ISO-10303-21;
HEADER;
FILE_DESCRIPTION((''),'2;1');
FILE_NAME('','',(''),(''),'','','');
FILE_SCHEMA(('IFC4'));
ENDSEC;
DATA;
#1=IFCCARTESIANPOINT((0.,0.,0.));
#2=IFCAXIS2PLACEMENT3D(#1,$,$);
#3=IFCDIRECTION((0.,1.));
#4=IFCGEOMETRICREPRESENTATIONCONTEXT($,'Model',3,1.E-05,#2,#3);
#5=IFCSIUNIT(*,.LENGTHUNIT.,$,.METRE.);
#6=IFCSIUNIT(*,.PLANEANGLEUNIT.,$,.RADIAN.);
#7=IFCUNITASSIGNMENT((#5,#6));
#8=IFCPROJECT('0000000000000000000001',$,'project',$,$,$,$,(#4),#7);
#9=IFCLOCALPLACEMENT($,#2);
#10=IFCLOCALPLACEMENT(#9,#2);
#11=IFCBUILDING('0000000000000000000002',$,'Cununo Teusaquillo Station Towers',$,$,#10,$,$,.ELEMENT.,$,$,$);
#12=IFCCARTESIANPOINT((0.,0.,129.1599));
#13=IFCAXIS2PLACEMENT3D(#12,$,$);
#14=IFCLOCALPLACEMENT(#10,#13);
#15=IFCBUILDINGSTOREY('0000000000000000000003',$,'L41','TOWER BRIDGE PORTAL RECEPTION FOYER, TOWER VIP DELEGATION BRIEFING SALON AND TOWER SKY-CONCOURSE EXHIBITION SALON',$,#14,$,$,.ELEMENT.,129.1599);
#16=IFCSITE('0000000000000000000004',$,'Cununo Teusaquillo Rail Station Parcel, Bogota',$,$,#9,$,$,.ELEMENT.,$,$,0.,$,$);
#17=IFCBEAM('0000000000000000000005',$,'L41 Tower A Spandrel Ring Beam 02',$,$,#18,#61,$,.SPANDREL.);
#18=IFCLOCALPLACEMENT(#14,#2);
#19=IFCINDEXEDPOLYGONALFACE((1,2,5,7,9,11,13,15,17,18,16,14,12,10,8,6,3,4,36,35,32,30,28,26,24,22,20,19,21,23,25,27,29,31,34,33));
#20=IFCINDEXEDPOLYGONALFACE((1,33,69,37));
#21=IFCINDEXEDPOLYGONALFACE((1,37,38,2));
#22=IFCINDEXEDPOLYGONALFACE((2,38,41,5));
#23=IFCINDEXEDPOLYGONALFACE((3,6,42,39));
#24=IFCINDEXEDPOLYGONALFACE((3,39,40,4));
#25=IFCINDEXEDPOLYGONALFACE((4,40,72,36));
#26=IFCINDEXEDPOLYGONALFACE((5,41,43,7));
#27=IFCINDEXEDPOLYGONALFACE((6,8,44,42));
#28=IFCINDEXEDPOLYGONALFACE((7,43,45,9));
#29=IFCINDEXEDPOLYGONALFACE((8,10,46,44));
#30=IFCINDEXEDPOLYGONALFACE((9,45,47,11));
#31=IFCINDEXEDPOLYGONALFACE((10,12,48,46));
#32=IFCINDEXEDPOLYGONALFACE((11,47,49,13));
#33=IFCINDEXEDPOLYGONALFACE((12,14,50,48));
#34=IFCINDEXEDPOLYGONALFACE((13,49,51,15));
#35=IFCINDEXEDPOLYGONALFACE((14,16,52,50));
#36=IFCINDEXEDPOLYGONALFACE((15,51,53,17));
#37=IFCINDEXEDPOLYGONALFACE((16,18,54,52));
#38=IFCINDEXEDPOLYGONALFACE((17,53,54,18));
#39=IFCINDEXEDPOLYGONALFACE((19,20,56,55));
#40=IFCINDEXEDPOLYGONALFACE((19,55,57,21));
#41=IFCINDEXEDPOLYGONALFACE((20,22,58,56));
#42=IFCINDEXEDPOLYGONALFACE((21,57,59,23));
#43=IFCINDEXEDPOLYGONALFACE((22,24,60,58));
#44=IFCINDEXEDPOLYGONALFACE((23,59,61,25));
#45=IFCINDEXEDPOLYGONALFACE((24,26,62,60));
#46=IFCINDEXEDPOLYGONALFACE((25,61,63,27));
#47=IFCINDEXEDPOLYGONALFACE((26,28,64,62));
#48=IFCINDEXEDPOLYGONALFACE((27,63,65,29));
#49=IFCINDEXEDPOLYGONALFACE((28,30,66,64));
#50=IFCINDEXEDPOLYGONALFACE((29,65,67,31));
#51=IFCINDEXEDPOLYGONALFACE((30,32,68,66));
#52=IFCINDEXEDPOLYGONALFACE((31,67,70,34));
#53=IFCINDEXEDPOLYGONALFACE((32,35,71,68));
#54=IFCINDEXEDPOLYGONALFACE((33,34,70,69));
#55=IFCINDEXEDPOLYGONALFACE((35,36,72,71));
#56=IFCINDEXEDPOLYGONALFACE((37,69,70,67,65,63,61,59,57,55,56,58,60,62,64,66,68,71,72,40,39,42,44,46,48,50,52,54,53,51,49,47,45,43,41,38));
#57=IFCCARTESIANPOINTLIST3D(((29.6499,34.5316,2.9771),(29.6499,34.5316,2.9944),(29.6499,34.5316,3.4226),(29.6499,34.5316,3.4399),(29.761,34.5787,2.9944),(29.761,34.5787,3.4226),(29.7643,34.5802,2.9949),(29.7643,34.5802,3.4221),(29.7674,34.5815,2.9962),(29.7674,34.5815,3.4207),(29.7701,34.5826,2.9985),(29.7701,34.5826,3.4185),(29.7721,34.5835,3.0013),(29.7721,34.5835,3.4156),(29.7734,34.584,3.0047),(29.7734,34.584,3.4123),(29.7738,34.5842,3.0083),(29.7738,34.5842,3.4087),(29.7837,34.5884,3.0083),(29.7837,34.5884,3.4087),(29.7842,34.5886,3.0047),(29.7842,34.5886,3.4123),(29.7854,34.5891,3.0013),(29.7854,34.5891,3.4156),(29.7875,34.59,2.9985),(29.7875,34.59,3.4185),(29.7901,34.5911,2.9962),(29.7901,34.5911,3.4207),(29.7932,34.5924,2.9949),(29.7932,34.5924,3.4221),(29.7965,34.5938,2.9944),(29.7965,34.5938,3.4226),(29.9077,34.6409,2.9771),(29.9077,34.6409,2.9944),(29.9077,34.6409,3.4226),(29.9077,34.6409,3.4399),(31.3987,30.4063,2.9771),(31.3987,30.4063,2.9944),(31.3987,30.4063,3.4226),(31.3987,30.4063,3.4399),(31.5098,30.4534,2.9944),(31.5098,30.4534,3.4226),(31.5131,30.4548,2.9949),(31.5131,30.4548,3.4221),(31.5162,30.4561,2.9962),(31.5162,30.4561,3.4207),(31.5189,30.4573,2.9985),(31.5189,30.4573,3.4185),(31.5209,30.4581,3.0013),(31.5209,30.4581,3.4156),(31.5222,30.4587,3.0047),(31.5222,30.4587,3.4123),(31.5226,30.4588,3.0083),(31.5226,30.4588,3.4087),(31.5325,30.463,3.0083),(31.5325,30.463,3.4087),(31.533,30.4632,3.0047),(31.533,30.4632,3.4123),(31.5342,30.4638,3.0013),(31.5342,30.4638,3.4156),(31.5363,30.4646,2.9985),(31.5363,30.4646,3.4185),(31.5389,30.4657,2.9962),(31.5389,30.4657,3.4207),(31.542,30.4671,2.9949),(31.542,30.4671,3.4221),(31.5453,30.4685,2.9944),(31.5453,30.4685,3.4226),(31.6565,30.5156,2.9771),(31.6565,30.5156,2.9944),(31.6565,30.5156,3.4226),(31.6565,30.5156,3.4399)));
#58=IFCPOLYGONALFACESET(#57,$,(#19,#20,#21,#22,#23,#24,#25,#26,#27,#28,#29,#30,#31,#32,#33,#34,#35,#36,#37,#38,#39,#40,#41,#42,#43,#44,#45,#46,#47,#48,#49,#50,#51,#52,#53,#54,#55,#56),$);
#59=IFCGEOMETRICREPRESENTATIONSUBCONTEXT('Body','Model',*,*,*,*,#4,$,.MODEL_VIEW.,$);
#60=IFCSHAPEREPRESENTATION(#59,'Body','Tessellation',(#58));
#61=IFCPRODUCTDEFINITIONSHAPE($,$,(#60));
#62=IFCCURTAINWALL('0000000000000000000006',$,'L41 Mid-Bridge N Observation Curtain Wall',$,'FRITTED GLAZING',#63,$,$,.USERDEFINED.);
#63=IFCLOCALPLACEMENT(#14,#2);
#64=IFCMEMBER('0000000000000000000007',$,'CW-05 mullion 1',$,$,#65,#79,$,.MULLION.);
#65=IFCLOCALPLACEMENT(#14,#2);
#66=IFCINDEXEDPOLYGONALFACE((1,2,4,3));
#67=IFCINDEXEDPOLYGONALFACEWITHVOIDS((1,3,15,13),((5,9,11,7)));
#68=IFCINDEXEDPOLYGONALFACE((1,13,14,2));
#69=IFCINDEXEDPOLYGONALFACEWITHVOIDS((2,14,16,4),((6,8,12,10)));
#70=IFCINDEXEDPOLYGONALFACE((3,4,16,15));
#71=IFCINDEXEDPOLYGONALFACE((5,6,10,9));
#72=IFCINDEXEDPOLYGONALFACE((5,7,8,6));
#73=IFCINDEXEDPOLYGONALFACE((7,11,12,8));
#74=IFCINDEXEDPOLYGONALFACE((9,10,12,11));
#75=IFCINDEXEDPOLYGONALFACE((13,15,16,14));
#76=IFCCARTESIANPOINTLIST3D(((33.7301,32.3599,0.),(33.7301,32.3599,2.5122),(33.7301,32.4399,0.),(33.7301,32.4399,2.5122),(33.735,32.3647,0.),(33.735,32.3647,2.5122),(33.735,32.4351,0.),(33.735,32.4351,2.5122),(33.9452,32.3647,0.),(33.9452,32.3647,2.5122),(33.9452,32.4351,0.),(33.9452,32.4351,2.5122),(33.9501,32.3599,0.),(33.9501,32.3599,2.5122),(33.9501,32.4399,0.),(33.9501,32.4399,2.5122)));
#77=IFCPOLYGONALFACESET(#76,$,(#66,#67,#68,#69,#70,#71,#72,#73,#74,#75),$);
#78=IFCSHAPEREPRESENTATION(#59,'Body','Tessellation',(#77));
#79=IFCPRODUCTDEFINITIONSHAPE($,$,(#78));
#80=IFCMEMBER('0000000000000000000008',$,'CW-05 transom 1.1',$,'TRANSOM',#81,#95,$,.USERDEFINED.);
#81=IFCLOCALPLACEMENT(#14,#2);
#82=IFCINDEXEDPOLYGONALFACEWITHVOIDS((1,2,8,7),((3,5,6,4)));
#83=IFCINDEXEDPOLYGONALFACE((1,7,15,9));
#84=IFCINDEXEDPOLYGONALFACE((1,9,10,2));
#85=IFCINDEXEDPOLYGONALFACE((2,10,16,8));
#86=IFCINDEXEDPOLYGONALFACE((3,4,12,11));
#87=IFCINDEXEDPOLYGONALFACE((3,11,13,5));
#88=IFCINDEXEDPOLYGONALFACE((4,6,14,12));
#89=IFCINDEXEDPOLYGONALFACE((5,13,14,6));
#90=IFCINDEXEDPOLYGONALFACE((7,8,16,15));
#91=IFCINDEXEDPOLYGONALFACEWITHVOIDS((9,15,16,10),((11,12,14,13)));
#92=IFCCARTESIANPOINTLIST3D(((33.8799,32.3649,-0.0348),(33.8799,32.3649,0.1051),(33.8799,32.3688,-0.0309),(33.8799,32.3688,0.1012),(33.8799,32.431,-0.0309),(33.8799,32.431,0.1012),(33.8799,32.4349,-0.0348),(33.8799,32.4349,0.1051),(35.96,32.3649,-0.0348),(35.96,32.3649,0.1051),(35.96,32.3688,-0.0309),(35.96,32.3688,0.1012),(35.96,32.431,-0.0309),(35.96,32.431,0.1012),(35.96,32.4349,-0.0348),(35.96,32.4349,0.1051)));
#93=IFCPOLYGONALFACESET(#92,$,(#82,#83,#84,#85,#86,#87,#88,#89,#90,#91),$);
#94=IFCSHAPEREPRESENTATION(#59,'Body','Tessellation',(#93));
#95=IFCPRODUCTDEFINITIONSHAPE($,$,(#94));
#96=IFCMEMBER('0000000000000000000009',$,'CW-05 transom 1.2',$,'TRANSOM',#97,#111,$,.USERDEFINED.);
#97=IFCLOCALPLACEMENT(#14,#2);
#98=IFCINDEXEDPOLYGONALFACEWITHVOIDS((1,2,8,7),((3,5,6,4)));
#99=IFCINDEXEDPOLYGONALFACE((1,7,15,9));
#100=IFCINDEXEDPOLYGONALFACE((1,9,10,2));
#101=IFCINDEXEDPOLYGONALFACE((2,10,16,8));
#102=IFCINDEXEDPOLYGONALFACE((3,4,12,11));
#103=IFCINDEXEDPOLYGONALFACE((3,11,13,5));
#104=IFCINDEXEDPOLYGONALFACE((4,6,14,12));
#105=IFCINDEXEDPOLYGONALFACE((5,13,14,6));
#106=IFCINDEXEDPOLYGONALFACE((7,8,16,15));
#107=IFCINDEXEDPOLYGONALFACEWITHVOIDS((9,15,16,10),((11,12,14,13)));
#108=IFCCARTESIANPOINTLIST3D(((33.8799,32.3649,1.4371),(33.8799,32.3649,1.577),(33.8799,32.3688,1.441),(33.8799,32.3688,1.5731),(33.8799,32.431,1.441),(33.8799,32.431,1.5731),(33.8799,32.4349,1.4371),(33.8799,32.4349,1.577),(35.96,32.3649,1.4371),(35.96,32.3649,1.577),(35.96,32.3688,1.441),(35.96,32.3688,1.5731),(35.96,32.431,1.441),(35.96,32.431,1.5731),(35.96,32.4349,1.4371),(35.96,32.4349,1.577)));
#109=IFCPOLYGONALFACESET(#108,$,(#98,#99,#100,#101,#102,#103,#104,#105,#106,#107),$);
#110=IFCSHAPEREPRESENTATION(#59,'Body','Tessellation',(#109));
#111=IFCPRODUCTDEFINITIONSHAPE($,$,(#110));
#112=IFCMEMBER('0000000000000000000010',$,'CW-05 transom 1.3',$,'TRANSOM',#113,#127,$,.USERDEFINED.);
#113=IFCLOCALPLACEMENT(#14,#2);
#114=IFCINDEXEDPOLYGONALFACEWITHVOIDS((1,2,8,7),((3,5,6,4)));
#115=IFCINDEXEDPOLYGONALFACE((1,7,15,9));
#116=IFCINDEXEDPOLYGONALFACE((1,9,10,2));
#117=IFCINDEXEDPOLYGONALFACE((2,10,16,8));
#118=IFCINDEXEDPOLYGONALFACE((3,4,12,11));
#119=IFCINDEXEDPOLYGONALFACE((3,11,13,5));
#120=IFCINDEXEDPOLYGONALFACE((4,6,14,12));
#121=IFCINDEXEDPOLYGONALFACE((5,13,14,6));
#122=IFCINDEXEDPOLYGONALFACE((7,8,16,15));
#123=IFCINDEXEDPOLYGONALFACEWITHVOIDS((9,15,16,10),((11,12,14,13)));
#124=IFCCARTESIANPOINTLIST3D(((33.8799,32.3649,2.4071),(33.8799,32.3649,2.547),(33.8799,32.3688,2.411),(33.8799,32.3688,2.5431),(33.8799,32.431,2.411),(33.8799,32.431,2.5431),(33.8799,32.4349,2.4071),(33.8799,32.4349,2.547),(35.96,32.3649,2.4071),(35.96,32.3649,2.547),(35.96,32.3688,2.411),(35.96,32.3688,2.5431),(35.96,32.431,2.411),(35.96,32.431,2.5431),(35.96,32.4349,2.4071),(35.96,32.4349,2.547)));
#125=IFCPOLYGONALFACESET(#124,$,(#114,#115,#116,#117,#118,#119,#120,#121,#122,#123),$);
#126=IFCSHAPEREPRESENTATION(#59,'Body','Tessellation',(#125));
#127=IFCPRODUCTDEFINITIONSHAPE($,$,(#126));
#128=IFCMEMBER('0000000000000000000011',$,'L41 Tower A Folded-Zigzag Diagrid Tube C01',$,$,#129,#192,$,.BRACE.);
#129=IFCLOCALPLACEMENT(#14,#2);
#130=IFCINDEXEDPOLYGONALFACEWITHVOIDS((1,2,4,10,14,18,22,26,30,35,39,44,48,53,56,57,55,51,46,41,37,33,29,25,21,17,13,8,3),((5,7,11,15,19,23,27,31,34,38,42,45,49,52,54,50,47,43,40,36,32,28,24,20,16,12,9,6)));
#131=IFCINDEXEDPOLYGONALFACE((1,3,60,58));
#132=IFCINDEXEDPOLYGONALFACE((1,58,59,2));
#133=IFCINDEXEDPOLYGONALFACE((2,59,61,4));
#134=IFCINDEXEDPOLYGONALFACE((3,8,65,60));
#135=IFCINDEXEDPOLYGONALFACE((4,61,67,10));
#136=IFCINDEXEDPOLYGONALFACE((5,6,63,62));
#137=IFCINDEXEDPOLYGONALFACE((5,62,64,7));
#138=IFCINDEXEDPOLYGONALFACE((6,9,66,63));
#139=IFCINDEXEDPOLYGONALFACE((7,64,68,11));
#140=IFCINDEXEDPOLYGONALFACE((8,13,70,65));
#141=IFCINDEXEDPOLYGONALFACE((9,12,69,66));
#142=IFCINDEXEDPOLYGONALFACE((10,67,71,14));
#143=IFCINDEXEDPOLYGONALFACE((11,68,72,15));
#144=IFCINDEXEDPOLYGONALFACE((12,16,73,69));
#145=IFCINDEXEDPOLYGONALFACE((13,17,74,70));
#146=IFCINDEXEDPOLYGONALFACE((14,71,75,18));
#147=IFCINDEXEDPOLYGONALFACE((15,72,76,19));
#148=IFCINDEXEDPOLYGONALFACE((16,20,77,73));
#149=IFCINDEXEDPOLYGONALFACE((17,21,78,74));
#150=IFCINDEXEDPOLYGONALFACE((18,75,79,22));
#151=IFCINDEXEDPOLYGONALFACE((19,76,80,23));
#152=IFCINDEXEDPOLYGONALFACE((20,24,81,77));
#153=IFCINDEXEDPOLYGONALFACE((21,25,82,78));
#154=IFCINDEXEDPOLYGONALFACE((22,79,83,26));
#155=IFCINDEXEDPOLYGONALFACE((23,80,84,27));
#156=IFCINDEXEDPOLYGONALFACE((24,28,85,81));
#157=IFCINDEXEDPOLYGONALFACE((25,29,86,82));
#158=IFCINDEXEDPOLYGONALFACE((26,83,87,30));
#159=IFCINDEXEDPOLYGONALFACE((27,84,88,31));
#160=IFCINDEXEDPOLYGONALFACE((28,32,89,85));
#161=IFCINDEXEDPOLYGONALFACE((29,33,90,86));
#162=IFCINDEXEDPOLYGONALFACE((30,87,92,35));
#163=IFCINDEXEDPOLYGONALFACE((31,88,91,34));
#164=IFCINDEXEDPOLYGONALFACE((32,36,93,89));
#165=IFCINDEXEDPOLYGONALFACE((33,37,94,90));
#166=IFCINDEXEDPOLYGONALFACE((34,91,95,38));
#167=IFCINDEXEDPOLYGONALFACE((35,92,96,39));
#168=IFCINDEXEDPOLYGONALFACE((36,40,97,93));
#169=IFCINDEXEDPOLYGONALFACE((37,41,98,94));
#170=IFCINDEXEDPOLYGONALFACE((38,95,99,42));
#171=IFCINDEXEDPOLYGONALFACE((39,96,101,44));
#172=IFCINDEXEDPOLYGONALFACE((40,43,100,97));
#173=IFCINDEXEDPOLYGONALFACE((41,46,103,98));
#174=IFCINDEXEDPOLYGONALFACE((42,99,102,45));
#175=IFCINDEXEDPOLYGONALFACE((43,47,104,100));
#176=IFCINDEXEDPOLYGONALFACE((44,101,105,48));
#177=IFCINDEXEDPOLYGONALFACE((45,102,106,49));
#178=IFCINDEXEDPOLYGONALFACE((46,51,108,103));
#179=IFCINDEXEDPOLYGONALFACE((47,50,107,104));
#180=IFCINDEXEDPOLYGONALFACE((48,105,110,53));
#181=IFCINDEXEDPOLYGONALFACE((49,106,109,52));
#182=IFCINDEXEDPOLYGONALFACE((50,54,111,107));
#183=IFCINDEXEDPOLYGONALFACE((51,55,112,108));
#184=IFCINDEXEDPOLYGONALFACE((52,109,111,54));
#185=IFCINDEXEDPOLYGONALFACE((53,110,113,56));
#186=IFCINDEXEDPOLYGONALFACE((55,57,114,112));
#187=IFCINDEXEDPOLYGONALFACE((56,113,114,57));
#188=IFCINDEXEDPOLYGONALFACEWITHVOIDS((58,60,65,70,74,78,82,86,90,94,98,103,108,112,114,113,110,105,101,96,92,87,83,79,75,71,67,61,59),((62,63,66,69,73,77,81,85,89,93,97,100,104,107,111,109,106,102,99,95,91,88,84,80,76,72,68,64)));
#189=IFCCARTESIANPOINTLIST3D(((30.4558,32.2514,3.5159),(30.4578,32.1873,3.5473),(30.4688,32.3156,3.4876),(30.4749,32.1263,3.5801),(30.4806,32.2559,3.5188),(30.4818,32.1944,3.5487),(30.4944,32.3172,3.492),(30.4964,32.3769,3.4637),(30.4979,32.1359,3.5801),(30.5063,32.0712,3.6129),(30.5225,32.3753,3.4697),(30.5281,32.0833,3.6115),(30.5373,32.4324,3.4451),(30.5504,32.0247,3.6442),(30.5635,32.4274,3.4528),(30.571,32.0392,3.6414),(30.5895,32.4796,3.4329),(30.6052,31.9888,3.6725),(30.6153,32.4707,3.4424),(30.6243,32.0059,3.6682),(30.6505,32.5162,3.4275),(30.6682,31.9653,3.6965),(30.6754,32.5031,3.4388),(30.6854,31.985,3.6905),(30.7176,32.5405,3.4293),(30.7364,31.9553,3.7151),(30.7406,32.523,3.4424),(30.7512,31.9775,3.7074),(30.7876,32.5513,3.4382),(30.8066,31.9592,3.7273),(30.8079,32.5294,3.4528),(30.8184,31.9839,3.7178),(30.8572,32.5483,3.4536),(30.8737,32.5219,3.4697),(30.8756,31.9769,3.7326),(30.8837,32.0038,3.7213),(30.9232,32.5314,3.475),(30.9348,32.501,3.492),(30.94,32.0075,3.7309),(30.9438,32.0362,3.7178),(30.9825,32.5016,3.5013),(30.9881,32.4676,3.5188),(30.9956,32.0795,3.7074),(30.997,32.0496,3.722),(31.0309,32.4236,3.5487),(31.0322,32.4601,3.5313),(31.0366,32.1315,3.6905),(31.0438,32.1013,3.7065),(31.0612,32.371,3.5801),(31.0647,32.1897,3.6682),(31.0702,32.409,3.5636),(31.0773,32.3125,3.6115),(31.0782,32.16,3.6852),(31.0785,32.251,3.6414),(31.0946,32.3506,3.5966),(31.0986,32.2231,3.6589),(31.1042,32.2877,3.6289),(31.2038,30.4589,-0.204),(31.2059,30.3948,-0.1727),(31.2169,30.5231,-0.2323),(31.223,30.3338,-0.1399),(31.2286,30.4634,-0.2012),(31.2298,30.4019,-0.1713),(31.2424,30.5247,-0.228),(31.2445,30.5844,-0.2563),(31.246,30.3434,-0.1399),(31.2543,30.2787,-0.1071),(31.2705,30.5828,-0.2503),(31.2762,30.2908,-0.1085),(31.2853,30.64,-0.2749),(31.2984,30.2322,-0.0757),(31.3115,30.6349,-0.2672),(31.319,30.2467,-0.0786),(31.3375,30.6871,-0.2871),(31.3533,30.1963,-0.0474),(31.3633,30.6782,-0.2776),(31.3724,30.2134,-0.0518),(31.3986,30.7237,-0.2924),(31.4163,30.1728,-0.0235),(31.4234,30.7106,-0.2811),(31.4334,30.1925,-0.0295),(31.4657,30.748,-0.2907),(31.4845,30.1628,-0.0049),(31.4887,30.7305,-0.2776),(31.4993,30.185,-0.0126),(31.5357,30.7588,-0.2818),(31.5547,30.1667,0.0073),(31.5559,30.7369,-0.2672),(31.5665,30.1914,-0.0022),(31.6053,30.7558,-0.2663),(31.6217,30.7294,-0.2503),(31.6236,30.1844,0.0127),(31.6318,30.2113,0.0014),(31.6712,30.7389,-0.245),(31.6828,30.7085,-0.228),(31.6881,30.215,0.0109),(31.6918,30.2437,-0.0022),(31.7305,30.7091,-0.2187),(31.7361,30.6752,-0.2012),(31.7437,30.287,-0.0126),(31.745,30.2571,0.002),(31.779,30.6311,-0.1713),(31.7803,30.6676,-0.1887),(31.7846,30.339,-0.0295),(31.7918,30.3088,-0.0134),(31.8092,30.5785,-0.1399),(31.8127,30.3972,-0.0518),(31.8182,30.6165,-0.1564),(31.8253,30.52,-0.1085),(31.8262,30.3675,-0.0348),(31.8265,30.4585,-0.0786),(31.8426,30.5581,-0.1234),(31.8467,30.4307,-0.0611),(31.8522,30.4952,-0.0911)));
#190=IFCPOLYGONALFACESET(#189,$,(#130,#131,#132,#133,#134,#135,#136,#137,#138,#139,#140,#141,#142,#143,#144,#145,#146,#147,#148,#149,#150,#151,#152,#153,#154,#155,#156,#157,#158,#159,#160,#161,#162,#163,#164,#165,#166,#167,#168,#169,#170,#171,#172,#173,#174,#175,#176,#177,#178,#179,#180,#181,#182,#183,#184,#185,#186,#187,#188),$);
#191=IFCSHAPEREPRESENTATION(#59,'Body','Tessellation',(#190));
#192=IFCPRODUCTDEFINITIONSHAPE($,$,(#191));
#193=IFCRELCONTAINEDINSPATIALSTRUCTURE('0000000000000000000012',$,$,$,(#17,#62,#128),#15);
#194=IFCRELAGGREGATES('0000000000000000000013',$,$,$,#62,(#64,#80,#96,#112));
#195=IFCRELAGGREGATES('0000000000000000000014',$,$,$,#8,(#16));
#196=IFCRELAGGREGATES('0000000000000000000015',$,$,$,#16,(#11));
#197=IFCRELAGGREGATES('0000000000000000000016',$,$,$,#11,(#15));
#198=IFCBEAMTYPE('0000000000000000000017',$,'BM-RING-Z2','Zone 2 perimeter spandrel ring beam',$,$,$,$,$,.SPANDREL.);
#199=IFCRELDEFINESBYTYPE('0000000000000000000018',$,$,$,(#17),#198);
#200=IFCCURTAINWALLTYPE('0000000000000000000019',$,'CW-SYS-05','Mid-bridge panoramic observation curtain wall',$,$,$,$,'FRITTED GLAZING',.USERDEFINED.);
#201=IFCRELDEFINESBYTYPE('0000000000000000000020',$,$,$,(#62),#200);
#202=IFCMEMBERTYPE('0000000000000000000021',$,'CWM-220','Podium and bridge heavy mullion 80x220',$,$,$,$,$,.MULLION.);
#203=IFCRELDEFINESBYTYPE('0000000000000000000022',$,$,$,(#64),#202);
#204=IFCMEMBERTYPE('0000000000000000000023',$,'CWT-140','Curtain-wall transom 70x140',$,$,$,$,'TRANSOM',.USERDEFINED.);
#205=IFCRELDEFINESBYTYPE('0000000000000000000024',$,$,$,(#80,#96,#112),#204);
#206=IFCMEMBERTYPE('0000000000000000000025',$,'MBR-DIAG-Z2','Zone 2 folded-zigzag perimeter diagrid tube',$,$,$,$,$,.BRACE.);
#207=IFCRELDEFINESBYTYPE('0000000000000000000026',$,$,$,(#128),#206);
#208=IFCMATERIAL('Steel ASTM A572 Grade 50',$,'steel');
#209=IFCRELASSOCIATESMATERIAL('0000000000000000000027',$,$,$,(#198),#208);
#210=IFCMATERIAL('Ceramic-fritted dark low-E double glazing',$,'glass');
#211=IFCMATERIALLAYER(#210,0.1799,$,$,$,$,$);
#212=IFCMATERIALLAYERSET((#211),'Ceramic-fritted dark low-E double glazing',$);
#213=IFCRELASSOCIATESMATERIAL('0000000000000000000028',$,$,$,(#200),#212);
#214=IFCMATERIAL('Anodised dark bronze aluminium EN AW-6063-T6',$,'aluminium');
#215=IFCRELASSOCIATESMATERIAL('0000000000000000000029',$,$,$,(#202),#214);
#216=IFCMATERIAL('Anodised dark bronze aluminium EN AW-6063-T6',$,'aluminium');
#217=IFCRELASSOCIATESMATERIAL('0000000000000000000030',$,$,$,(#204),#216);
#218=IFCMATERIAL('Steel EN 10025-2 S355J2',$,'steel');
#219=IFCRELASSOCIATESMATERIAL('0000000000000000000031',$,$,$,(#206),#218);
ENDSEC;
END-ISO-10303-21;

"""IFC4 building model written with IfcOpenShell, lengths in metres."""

from ifc_helpers import new_model, si_unit, direction, frame, origin, origin_2d, place, context, subcontext, project, spatial, hollow_rectangle, hollow_circle, i_section, extrude, material, layer, layer_set, material_profile, profile_set, type_object, element, aggregate, save


model = new_model("IFC4")

# Units and contexts
model_context = context("Model", 3, precision=1e-05, world=origin(), true_north=direction((0.0, 1.0)))
body_context = subcontext(model_context, "Body", "Model", "MODEL_VIEW")
ifc_project = project(units=[si_unit("LENGTHUNIT", "METRE"), si_unit("PLANEANGLEUNIT", "RADIAN")], contexts=[model_context])

# Site, building, storey
site_placement = place(None, origin())
site = spatial("IfcSite", under=ifc_project, at=site_placement, Name="Cununo Teusaquillo Rail Station Parcel, Bogota", CompositionType="ELEMENT", RefElevation=0.0)
building_placement = place(site_placement, origin())
building = spatial("IfcBuilding", under=site, at=building_placement, Name="Cununo Teusaquillo Station Towers", CompositionType="ELEMENT")
storey_placement = place(building_placement, frame((0.0, 0.0, 129.1599)))
storey = spatial("IfcBuildingStorey", under=building, at=storey_placement, Name="L41", Description="TOWER BRIDGE PORTAL RECEPTION FOYER, TOWER VIP DELEGATION BRIEFING SALON AND TOWER SKY-CONCOURSE EXHIBITION SALON", CompositionType="ELEMENT", Elevation=129.1599)

# Beam
ifc_material_1 = material(Name="Steel ASTM A572 Grade 50", Category="steel")
ifc_material_profile_1 = material_profile(ifc_material_1, i_section(OverallWidth=0.28, OverallDepth=0.4629, WebThickness=0.0107, FlangeThickness=0.0173, FilletRadius=0.0139, at=origin_2d()), Name="W18X76")
ifc_profile_set_1 = profile_set([ifc_material_profile_1], Name="Steel ASTM A572 Grade 50")
beam_type_1 = type_object("IfcBeamType", Name="BM-RING-Z2", Description="Zone 2 perimeter spandrel ring beam", PredefinedType="SPANDREL", material=ifc_profile_set_1)
beam_1_placement = place(storey_placement, frame((31.5276, 30.4609, 3.2085), z_axis=(-0.390299, 0.920688, 0.0), x_axis=(-0.920688, -0.390299, 0.0)))
element("IfcBeam", 1, at=beam_1_placement, inside=storey, type_object=beam_type_1, Name="L41 Tower A Spandrel Ring Beam 02", PredefinedType="SPANDREL", context=body_context, shape_type="SweptSolid", body=[
    extrude(i_section(OverallWidth=0.28, OverallDepth=0.4629, WebThickness=0.0107, FlangeThickness=0.0173, FilletRadius=0.0139, at=origin_2d()), origin(), (0.0, 0.0, 1.0), 4.4807),
])

# Curtain wall, members
ifc_material_2 = material(Name="Ceramic-fritted dark low-E double glazing", Category="glass")
ifc_layer_1 = layer(ifc_material_2, 0.1799)
ifc_layer_set_1 = layer_set([ifc_layer_1], Name="Ceramic-fritted dark low-E double glazing")
curtain_wall_type = type_object("IfcCurtainWallType", Name="CW-SYS-05", Description="Mid-bridge panoramic observation curtain wall", ElementType="FRITTED GLAZING", PredefinedType="USERDEFINED", material=ifc_layer_set_1)
curtain_wall_placement = place(storey_placement, origin())
curtain_wall = element("IfcCurtainWall", 2, at=curtain_wall_placement, inside=storey, type_object=curtain_wall_type, Name="L41 Mid-Bridge N Observation Curtain Wall", ObjectType="FRITTED GLAZING", PredefinedType="USERDEFINED")
ifc_material_3 = material(Name="Anodised dark bronze aluminium EN AW-6063-T6", Category="aluminium")
ifc_material_profile_2 = material_profile(ifc_material_3, hollow_rectangle(XDim=0.0801, YDim=0.22, WallThickness=0.0049, at=origin_2d()), Name="CW-MULL-80x220")
ifc_profile_set_2 = profile_set([ifc_material_profile_2], Name="Anodised dark bronze aluminium EN AW-6063-T6")
member_type_1 = type_object("IfcMemberType", Name="CWM-220", Description="Podium and bridge heavy mullion 80x220", PredefinedType="MULLION", material=ifc_profile_set_2)
member_1_placement = place(storey_placement, frame((33.8401, 32.3999, 0.0), z_axis=(0.0, 0.0, 1.0), x_axis=(0.0, 1.0, 0.0)))
member_1 = element("IfcMember", 3, at=member_1_placement, type_object=member_type_1, Name="CW-05 mullion 1", PredefinedType="MULLION", context=body_context, shape_type="SweptSolid", body=[
    extrude(hollow_rectangle(XDim=0.0801, YDim=0.22, WallThickness=0.0049, at=origin_2d()), origin(), (0.0, 0.0, 1.0), 2.5122),
])
ifc_material_4 = material(Name="Anodised dark bronze aluminium EN AW-6063-T6", Category="aluminium")
ifc_material_profile_3 = material_profile(ifc_material_4, hollow_rectangle(XDim=0.0701, YDim=0.1399, WallThickness=0.0039, at=origin_2d()), Name="CW-TRAN-70x140")
ifc_profile_set_3 = profile_set([ifc_material_profile_3], Name="Anodised dark bronze aluminium EN AW-6063-T6")
member_type_2 = type_object("IfcMemberType", Name="CWT-140", Description="Curtain-wall transom 70x140", ElementType="TRANSOM", PredefinedType="USERDEFINED", material=ifc_profile_set_3)
member_2_placement = place(storey_placement, frame((33.8799, 32.3999, 0.0352), z_axis=(1.0, 0.0, 0.0), x_axis=(0.0, 1.0, 0.0)))
member_2 = element("IfcMember", 4, at=member_2_placement, type_object=member_type_2, Name="CW-05 transom 1.1", ObjectType="TRANSOM", PredefinedType="USERDEFINED", context=body_context, shape_type="SweptSolid", body=[
    extrude(hollow_rectangle(XDim=0.0701, YDim=0.1399, WallThickness=0.0039, at=origin_2d()), origin(), (0.0, 0.0, 1.0), 2.0801),
])
member_3_placement = place(storey_placement, frame((33.8799, 32.3999, 1.5071), z_axis=(1.0, 0.0, 0.0), x_axis=(0.0, 1.0, 0.0)))
member_3 = element("IfcMember", 5, at=member_3_placement, type_object=member_type_2, Name="CW-05 transom 1.2", ObjectType="TRANSOM", PredefinedType="USERDEFINED", context=body_context, shape_type="SweptSolid", body=[
    extrude(hollow_rectangle(XDim=0.0701, YDim=0.1399, WallThickness=0.0039, at=origin_2d()), origin(), (0.0, 0.0, 1.0), 2.0801),
])
member_4_placement = place(storey_placement, frame((33.8799, 32.3999, 2.4771), z_axis=(1.0, 0.0, 0.0), x_axis=(0.0, 1.0, 0.0)))
member_4 = element("IfcMember", 6, at=member_4_placement, type_object=member_type_2, Name="CW-05 transom 1.3", ObjectType="TRANSOM", PredefinedType="USERDEFINED", context=body_context, shape_type="SweptSolid", body=[
    extrude(hollow_rectangle(XDim=0.0701, YDim=0.1399, WallThickness=0.0039, at=origin_2d()), origin(), (0.0, 0.0, 1.0), 2.0801),
])
aggregate(curtain_wall, [member_1, member_2, member_3, member_4])

# Member
ifc_material_5 = material(Name="Steel EN 10025-2 S355J2", Category="steel")
ifc_material_profile_4 = material_profile(ifc_material_5, hollow_circle(Radius=0.3301, WallThickness=0.0249, at=origin_2d()), Name="CHS 660x25")
ifc_profile_set_4 = profile_set([ifc_material_profile_4], Name="Steel EN 10025-2 S355J2")
member_type_3 = type_object("IfcMemberType", Name="MBR-DIAG-Z2", Description="Zone 2 folded-zigzag perimeter diagrid tube", PredefinedType="BRACE", material=ifc_profile_set_4)
member_5_placement = place(storey_placement, frame((31.5276, 30.4609, -0.1399), z_axis=(-0.178254, 0.427135, 0.886443), x_axis=(-0.922861, -0.385133, 0.0)))
element("IfcMember", 7, at=member_5_placement, inside=storey, type_object=member_type_3, Name="L41 Tower A Folded-Zigzag Diagrid Tube C01", PredefinedType="BRACE", context=body_context, shape_type="SweptSolid", body=[
    extrude(hollow_circle(Radius=0.3301, WallThickness=0.0249, at=origin_2d()), origin(), (0.0, 0.0, 1.0), 4.1965),
])

save(model, "model.ifc")
